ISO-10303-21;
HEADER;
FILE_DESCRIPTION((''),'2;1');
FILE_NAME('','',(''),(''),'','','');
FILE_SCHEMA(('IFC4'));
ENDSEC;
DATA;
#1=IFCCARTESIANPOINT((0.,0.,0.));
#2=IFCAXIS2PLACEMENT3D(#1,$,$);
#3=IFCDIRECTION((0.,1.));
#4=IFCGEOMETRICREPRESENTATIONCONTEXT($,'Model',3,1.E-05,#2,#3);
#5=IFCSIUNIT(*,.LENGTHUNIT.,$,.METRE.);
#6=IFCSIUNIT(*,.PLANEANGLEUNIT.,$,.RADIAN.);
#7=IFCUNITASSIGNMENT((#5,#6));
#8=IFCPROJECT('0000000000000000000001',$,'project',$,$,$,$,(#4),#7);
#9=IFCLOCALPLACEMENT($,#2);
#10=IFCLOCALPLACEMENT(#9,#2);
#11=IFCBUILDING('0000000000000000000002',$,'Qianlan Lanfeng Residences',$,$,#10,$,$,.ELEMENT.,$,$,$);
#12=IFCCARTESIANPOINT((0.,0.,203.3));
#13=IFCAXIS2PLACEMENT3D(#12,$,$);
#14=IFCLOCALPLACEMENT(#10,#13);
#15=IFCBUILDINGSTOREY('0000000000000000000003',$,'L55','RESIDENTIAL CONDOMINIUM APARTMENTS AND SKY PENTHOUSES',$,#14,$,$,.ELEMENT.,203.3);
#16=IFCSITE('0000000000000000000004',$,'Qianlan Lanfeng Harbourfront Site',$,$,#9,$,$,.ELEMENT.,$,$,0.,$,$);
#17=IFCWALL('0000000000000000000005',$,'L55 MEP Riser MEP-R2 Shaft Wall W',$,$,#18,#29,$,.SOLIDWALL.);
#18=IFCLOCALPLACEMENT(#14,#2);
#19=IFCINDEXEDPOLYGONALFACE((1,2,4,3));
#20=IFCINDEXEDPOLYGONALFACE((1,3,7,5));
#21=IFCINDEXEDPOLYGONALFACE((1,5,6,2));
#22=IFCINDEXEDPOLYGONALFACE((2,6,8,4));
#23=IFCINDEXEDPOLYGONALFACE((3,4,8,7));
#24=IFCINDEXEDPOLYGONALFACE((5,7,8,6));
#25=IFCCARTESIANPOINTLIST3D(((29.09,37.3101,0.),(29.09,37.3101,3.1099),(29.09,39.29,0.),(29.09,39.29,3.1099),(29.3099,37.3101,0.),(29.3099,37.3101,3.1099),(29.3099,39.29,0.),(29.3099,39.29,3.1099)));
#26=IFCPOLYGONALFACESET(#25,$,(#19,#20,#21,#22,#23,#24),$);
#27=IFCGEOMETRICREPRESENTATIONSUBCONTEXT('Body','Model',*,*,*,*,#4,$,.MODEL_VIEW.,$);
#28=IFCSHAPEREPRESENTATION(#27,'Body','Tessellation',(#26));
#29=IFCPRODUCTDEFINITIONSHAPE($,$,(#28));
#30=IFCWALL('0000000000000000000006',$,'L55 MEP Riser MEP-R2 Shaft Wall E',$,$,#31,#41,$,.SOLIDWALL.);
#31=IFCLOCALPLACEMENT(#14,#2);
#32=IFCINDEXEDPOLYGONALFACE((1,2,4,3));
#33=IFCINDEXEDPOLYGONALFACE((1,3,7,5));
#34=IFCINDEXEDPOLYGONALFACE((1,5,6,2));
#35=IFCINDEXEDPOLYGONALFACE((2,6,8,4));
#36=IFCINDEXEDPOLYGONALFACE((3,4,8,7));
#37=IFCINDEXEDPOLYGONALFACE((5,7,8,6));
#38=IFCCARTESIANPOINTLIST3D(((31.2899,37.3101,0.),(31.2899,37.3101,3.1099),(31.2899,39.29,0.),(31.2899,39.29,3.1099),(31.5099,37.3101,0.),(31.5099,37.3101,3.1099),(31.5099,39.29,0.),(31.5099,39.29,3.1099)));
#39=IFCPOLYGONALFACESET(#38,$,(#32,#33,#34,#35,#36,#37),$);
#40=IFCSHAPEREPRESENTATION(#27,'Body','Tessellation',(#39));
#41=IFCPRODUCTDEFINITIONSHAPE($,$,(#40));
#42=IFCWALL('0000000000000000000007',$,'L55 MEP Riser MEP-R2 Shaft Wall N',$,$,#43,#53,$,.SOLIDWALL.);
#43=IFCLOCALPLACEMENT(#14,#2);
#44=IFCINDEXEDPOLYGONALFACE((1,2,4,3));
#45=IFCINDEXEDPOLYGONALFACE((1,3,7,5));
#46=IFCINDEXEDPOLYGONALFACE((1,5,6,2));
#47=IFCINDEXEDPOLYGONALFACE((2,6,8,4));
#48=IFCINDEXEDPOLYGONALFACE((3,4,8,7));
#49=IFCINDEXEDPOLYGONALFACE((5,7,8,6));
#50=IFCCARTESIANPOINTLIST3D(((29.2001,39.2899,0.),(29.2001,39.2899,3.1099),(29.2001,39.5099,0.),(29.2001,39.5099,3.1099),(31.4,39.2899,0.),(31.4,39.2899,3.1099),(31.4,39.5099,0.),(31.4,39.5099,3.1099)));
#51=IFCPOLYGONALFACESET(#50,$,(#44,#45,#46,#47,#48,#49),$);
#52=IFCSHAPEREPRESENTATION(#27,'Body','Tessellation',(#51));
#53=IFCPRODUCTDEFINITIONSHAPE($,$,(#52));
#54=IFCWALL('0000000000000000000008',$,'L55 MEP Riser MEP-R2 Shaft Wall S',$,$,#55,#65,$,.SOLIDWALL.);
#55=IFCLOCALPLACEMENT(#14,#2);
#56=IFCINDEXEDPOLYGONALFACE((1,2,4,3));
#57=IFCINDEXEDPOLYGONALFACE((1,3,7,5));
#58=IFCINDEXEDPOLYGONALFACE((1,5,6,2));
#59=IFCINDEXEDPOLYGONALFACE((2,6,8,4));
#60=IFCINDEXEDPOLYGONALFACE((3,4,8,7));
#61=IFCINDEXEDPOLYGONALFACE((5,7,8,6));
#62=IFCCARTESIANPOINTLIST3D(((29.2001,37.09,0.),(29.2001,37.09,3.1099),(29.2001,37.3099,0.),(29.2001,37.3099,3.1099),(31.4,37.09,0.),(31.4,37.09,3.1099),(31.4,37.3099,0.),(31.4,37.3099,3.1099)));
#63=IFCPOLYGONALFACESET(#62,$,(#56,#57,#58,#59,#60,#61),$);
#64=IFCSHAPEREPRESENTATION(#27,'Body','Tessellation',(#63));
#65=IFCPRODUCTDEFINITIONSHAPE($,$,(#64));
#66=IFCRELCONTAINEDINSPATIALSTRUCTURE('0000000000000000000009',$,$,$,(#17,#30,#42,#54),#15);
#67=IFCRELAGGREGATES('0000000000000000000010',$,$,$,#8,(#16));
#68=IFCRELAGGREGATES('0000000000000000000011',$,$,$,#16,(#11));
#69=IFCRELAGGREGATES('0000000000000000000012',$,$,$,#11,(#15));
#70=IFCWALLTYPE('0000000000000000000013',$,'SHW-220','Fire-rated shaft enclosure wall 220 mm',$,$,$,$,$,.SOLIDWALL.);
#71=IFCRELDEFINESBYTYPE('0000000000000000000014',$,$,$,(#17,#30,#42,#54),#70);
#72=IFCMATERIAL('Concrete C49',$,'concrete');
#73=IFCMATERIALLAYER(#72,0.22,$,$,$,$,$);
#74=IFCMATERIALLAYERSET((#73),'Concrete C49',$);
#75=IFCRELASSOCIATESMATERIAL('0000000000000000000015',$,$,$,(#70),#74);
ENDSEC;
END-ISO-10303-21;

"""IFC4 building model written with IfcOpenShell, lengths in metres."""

from ifc_helpers import new_model, si_unit, direction, frame, frame_2d, origin, place, context, subcontext, project, spatial, rectangle, extrude, material, layer, layer_set, type_object, element, save


model = new_model("IFC4")

# Units and contexts
model_context = context("Model", 3, precision=1e-05, world=origin(), true_north=direction((0.0, 1.0)))
body_context = subcontext(model_context, "Body", "Model", "MODEL_VIEW")
ifc_project = project(units=[si_unit("LENGTHUNIT", "METRE"), si_unit("PLANEANGLEUNIT", "RADIAN")], contexts=[model_context])

# Site, building, storey
site_placement = place(None, origin())
site = spatial("IfcSite", under=ifc_project, at=site_placement, Name="Qianlan Lanfeng Harbourfront Site", CompositionType="ELEMENT", RefElevation=0.0)
building_placement = place(site_placement, origin())
building = spatial("IfcBuilding", under=site, at=building_placement, Name="Qianlan Lanfeng Residences", CompositionType="ELEMENT")
storey_placement = place(building_placement, frame((0.0, 0.0, 203.3)))
storey = spatial("IfcBuildingStorey", under=building, at=storey_placement, Name="L55", Description="RESIDENTIAL CONDOMINIUM APARTMENTS AND SKY PENTHOUSES", CompositionType="ELEMENT", Elevation=203.3)

# Walls
ifc_material_1 = material(Name="Concrete C49", Category="concrete")
ifc_layer_1 = layer(ifc_material_1, 0.22)
ifc_layer_set_1 = layer_set([ifc_layer_1], Name="Concrete C49")
wall_type_1 = type_object("IfcWallType", Name="SHW-220", Description="Fire-rated shaft enclosure wall 220 mm", PredefinedType="SOLIDWALL", material=ifc_layer_set_1)
for number, where, z_axis, x_axis, name in (
    (1, (29.2, 37.3101, 0.0), (0.0, 0.0, 1.0), (0.0, 1.0, 0.0), "L55 MEP Riser MEP-R2 Shaft Wall W"),
    (2, (31.3999, 37.3101, 0.0), (0.0, 0.0, 1.0), (0.0, 1.0, 0.0), "L55 MEP Riser MEP-R2 Shaft Wall E"),
):
    element("IfcWall", number, at=place(storey_placement, frame(where, z_axis=z_axis, x_axis=x_axis)), inside=storey, type_object=wall_type_1, Name=name, PredefinedType="SOLIDWALL", context=body_context, shape_type="SweptSolid", body=[
        extrude(rectangle(XDim=1.98, YDim=0.22, at=frame_2d((0.99, 0.0))), origin(), (0.0, 0.0, 1.0), 3.1099),
    ])
for number, where, z_axis, x_axis, name in (
    (3, (29.2, 39.3999, 0.0), (0.0, 0.0, 1.0), (1.0, 0.0, 0.0), "L55 MEP Riser MEP-R2 Shaft Wall N"),
    (4, (29.2, 37.2, 0.0), (0.0, 0.0, 1.0), (1.0, 0.0, 0.0), "L55 MEP Riser MEP-R2 Shaft Wall S"),
):
    element("IfcWall", number, at=place(storey_placement, frame(where, z_axis=z_axis, x_axis=x_axis)), inside=storey, type_object=wall_type_1, Name=name, PredefinedType="SOLIDWALL", context=body_context, shape_type="SweptSolid", body=[
        extrude(rectangle(XDim=2.2, YDim=0.22, at=frame_2d((1.1001, 0.0))), origin(), (0.0, 0.0, 1.0), 3.1099),
    ])

save(model, "model.ifc")
